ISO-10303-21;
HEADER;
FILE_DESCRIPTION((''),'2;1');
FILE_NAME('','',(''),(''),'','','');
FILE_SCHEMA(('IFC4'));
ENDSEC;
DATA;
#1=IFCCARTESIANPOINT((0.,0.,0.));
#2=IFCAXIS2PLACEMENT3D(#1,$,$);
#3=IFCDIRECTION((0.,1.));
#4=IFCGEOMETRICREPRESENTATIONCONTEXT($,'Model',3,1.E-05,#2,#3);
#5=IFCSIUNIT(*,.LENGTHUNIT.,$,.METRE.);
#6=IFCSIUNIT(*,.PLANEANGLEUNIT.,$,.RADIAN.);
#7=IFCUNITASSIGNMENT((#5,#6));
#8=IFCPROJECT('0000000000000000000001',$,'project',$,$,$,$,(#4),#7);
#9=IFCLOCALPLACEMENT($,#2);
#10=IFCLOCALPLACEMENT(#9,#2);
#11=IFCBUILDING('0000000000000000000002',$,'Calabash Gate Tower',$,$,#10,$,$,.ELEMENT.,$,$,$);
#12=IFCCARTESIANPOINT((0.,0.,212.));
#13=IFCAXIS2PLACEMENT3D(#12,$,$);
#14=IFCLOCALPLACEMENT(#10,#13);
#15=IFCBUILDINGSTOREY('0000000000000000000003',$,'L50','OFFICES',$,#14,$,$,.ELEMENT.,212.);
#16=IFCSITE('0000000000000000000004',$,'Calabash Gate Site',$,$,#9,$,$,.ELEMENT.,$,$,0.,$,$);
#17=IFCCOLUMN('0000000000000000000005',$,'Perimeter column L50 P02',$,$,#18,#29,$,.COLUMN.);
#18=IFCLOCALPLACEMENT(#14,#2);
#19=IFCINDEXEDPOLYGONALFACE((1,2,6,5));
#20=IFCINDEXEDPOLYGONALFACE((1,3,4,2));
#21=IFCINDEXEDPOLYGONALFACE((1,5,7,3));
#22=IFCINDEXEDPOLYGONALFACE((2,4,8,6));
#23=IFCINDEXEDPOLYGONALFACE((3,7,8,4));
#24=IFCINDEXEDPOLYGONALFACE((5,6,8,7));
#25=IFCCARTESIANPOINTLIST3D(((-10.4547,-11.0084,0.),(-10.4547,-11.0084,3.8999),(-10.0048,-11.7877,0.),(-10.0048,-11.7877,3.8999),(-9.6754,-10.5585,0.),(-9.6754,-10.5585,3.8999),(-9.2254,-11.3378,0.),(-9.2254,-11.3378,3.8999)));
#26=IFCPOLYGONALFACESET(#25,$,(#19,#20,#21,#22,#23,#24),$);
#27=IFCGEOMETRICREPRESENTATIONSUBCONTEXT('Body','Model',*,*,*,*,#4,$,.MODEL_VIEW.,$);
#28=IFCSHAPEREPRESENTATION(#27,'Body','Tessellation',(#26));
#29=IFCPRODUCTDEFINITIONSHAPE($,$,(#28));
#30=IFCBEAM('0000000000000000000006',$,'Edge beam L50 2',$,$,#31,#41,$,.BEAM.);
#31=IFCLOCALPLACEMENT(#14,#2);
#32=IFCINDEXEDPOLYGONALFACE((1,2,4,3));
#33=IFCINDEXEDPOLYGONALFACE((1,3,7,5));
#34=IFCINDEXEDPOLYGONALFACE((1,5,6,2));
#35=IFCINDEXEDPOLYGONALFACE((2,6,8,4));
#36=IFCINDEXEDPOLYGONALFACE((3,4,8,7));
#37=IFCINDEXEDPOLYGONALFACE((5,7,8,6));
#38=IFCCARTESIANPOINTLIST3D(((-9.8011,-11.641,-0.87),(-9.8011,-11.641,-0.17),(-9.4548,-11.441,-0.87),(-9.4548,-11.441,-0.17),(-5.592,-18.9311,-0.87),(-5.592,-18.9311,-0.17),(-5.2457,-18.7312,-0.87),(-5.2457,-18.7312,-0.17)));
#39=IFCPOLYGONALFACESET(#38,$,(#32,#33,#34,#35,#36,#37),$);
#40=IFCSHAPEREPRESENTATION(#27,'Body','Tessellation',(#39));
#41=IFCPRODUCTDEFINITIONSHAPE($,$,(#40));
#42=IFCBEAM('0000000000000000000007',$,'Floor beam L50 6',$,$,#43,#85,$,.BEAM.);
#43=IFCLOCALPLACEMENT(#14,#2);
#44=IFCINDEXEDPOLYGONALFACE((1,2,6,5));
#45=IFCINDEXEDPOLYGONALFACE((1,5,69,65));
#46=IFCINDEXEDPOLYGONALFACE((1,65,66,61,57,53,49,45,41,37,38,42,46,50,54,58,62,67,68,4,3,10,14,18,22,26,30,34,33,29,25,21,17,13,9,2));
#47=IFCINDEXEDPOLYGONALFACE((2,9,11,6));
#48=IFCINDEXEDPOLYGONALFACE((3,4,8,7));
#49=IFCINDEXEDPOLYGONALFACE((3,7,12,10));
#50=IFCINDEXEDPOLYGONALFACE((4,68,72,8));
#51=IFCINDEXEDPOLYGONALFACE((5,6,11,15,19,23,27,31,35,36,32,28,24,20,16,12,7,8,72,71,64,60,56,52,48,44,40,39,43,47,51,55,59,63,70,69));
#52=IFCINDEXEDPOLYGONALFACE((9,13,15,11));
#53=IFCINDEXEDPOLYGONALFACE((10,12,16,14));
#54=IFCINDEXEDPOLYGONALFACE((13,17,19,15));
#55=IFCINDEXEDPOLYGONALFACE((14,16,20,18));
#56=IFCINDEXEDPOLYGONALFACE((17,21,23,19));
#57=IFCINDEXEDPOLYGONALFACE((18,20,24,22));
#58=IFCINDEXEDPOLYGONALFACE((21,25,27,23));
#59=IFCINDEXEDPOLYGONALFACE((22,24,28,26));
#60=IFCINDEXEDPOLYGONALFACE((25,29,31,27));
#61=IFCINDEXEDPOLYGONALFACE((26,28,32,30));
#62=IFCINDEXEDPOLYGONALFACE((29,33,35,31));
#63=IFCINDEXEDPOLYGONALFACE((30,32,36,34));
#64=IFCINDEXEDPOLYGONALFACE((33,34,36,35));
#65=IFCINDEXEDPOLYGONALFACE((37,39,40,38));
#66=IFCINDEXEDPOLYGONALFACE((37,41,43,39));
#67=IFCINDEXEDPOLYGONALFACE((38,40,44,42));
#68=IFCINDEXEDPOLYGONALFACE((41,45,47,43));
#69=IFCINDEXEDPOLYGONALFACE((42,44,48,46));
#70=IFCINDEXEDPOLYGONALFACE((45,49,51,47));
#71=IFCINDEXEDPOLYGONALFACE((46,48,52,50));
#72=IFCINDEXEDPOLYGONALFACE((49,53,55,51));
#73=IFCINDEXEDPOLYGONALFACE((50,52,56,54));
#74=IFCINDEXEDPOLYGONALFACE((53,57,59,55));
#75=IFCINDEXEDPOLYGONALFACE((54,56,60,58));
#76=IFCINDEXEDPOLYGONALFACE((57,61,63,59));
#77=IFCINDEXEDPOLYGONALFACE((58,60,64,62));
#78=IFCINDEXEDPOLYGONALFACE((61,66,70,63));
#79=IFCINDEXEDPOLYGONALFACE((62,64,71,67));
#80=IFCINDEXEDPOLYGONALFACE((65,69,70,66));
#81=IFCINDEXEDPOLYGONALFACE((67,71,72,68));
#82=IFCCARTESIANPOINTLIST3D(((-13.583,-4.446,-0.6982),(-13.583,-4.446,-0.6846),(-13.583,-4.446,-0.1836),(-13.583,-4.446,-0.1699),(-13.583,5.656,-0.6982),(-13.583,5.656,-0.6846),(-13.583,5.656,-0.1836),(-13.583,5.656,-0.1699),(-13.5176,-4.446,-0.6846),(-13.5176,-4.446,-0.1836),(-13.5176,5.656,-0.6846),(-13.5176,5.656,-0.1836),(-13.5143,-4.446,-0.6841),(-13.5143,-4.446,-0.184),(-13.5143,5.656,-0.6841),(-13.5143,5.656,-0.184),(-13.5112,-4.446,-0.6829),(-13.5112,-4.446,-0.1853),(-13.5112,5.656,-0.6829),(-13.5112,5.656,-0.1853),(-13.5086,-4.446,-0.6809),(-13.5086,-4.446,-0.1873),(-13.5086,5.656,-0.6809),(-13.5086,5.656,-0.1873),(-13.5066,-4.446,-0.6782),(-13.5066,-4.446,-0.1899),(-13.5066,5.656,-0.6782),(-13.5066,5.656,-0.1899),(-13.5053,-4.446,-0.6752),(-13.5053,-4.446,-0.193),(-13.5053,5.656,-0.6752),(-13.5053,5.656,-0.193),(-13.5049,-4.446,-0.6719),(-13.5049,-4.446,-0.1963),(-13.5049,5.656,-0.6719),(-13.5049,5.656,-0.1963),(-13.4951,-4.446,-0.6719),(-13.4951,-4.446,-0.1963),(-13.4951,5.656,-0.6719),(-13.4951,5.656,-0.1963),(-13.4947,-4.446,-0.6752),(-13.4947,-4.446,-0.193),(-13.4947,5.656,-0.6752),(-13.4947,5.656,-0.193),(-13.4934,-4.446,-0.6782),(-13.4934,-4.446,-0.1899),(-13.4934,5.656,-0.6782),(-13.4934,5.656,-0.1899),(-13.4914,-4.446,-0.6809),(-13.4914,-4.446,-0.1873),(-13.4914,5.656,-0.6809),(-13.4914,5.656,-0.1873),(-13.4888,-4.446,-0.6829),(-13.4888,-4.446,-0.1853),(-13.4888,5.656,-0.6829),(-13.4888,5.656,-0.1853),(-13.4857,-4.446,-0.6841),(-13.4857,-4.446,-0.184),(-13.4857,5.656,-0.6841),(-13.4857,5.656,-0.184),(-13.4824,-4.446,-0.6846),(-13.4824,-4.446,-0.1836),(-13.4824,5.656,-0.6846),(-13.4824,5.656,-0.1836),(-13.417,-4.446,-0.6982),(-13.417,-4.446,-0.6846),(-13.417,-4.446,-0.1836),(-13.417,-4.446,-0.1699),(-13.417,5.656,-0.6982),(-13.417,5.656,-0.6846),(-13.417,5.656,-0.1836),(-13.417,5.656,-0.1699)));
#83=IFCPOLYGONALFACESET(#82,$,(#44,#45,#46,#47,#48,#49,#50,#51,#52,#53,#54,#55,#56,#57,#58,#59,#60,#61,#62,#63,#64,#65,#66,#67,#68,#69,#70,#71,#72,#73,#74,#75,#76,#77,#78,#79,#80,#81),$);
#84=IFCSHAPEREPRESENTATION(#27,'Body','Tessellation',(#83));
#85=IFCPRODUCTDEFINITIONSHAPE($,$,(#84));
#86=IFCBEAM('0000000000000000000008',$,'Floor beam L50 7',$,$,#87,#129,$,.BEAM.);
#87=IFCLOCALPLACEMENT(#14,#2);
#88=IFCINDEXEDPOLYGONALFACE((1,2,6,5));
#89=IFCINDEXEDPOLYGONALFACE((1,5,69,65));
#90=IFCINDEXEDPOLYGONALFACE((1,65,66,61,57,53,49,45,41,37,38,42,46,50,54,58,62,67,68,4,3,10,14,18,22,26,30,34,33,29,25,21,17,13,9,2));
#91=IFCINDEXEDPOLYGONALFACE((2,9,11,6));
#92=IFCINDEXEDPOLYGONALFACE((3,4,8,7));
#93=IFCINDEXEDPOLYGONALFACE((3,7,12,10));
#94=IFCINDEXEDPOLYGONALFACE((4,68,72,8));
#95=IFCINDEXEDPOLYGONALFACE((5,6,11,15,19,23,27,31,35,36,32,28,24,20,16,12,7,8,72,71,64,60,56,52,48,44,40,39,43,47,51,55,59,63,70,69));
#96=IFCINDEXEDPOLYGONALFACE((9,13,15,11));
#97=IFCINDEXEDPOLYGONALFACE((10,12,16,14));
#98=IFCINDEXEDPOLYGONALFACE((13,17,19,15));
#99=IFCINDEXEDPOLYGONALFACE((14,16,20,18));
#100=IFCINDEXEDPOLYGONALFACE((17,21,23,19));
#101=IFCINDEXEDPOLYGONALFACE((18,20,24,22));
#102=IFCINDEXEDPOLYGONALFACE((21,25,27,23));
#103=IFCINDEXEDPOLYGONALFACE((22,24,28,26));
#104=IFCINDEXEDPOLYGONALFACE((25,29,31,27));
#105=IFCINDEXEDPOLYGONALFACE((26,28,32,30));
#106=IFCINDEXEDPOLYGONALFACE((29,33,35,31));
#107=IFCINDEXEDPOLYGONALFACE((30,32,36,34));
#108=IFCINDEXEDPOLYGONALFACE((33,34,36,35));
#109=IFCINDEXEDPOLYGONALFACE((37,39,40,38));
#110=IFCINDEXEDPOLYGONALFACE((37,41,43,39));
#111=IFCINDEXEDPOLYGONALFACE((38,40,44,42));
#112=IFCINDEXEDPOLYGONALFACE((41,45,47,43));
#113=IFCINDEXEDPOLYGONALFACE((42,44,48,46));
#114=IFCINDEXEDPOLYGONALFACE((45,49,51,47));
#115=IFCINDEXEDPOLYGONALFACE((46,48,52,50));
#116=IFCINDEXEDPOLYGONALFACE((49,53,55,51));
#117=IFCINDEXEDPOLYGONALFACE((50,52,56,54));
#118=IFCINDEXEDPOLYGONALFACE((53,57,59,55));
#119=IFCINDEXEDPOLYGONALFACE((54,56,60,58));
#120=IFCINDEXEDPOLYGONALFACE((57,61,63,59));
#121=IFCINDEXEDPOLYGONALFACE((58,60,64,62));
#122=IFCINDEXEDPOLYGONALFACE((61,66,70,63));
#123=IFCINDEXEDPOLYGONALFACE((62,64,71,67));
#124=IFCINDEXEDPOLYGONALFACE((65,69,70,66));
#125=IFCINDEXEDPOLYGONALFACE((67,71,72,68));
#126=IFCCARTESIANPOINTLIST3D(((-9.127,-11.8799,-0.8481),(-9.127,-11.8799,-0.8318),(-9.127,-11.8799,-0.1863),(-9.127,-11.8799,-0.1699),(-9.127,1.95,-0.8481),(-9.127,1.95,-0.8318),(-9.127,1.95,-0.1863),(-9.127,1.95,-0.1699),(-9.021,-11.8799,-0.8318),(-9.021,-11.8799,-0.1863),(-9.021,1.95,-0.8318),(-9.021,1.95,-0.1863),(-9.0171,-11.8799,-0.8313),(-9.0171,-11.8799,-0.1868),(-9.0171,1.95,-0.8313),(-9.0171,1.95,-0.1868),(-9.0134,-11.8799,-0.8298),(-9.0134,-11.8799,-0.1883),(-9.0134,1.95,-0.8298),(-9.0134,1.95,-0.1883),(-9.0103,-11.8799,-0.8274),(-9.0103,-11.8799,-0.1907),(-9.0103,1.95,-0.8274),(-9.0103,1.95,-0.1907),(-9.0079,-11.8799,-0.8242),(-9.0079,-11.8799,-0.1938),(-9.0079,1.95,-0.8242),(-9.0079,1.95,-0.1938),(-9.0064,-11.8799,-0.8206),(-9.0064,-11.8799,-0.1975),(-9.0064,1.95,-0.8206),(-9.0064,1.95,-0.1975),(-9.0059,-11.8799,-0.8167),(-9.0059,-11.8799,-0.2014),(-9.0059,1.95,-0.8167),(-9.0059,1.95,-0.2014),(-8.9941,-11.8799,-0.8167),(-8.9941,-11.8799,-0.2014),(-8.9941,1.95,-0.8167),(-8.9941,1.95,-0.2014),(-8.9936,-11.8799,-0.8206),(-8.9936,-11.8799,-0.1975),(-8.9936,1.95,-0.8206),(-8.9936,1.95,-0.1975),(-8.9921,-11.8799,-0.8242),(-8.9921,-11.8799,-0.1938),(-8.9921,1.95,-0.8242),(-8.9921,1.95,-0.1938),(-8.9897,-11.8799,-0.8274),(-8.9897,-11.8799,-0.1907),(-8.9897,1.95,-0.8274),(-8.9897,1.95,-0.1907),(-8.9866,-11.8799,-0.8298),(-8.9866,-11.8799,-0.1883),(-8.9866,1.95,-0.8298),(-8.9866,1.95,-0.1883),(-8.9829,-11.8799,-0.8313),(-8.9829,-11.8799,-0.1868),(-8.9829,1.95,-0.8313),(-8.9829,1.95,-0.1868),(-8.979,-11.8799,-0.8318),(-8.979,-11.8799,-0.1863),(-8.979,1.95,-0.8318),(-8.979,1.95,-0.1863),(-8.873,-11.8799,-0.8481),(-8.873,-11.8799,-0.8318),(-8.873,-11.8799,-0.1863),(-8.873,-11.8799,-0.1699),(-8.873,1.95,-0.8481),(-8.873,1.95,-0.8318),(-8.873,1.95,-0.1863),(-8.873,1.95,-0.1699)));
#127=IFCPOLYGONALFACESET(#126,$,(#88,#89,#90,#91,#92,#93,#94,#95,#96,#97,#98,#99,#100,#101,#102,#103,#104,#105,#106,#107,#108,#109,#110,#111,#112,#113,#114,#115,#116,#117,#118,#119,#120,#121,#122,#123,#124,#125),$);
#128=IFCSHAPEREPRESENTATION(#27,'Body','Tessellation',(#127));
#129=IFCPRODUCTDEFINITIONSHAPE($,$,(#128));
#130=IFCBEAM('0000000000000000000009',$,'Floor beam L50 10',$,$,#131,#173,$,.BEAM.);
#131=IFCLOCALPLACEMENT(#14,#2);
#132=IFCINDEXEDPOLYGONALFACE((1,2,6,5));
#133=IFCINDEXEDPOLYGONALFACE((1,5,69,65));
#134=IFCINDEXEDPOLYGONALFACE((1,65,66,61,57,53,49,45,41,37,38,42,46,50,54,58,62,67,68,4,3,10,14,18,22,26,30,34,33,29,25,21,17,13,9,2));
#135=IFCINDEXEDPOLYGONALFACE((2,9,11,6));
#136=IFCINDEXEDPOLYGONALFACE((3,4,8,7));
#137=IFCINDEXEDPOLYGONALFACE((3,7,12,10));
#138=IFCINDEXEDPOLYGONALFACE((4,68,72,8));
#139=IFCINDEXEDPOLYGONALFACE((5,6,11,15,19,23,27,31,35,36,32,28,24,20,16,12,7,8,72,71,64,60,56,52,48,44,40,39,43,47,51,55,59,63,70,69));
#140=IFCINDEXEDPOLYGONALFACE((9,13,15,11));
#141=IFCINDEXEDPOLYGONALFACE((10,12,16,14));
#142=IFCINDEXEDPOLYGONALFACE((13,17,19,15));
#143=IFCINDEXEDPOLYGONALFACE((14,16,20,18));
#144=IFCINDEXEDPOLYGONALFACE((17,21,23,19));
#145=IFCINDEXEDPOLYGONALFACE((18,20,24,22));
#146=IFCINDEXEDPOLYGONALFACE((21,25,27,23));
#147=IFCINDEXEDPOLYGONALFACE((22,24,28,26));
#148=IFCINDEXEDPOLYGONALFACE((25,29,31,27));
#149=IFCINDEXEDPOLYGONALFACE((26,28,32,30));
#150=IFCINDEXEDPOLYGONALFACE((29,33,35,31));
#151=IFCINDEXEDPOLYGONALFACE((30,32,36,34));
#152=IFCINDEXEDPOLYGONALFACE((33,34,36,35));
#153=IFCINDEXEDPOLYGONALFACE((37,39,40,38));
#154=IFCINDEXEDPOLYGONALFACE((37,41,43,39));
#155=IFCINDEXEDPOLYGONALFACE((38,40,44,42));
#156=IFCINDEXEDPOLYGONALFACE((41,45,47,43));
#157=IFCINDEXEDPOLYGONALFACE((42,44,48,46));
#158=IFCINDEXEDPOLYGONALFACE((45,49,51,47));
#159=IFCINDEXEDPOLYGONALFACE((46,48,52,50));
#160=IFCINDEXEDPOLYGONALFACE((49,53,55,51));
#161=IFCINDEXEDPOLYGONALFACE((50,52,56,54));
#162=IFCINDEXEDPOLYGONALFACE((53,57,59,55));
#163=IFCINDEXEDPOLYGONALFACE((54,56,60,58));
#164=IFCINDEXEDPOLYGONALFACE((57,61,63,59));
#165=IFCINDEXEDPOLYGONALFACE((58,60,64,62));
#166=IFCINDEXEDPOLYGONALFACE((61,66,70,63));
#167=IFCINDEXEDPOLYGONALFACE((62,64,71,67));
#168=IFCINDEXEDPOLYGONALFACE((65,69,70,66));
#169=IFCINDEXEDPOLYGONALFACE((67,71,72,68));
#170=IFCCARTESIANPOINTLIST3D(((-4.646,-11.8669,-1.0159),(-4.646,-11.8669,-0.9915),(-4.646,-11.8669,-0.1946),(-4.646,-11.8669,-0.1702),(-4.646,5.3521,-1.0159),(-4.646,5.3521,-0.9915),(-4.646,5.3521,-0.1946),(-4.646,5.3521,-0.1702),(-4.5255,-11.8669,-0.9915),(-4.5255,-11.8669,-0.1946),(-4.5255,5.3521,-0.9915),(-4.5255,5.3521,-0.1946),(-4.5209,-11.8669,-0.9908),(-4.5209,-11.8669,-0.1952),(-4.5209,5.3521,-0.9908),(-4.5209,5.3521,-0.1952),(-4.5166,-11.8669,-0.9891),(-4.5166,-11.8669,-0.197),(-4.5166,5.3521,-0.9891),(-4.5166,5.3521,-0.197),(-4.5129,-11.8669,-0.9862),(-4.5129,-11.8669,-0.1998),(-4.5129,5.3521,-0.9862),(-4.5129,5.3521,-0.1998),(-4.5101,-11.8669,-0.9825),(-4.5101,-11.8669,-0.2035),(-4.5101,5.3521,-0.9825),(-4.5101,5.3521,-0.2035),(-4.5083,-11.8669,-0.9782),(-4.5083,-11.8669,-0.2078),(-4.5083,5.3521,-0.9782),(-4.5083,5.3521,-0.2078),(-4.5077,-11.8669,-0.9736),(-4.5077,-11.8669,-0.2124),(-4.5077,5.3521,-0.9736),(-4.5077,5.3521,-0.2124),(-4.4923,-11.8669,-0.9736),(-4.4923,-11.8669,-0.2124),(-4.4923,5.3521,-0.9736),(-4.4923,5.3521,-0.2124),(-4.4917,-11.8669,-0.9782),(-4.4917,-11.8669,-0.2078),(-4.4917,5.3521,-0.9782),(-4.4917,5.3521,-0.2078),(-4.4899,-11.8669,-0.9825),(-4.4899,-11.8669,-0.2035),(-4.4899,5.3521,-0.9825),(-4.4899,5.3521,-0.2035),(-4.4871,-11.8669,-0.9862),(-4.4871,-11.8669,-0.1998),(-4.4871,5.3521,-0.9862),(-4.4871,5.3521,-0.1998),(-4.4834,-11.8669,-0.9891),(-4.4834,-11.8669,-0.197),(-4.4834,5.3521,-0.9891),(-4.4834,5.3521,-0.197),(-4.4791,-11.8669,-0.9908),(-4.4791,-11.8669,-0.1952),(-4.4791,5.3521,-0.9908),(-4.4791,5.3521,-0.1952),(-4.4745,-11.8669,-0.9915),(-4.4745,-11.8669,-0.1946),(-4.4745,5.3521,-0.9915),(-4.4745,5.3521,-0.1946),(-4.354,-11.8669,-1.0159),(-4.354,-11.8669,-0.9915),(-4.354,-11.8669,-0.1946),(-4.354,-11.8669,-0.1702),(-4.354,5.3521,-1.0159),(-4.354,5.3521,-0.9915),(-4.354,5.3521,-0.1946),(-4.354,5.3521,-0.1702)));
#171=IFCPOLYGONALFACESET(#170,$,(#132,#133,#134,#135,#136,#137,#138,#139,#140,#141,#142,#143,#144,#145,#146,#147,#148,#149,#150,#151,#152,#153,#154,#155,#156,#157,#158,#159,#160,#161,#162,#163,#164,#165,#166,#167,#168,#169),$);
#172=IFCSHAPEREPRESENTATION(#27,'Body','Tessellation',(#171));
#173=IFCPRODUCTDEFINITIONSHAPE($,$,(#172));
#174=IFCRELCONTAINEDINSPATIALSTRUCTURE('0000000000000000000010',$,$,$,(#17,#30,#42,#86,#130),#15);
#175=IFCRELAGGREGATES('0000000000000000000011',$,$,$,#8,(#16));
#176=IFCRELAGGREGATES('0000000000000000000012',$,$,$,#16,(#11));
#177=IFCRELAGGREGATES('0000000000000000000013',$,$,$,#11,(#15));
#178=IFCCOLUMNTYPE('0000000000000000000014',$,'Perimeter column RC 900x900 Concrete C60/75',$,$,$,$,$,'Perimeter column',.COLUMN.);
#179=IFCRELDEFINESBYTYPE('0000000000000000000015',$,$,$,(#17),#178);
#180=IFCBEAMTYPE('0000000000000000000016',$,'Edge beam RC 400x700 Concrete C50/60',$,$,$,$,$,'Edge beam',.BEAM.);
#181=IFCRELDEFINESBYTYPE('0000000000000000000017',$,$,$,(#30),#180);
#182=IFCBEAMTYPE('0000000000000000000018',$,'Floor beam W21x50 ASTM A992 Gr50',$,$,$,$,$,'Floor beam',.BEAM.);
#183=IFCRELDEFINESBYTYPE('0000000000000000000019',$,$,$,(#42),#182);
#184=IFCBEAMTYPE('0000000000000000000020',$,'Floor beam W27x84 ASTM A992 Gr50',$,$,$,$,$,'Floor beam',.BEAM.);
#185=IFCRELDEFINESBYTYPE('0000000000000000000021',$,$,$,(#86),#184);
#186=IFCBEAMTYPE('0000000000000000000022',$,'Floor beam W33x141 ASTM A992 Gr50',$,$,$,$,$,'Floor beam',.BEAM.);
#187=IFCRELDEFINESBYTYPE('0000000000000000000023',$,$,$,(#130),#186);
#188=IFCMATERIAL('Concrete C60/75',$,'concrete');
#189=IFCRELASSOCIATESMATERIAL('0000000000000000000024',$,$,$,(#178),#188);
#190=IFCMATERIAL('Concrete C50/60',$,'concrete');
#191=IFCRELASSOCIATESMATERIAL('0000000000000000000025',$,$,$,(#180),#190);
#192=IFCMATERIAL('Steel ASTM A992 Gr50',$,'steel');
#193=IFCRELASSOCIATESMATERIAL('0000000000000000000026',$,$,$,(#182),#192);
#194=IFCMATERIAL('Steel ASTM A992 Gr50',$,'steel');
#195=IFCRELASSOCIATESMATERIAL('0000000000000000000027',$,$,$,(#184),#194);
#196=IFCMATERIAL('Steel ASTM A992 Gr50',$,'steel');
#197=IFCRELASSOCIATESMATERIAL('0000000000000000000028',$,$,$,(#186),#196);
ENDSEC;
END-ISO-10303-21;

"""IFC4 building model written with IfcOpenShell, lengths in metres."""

from ifc_helpers import new_model, si_unit, direction, frame, origin, origin_2d, place, context, subcontext, project, spatial, rectangle, i_section, extrude, material, material_profile, profile_set, type_object, element, save


model = new_model("IFC4")

# Units and contexts
model_context = context("Model", 3, precision=1e-05, world=origin(), true_north=direction((0.0, 1.0)))
body_context = subcontext(model_context, "Body", "Model", "MODEL_VIEW")
ifc_project = project(units=[si_unit("LENGTHUNIT", "METRE"), si_unit("PLANEANGLEUNIT", "RADIAN")], contexts=[model_context])

# Site, building, storey
site_placement = place(None, origin())
site = spatial("IfcSite", under=ifc_project, at=site_placement, Name="Calabash Gate Site", CompositionType="ELEMENT", RefElevation=0.0)
building_placement = place(site_placement, origin())
building = spatial("IfcBuilding", under=site, at=building_placement, Name="Calabash Gate Tower", CompositionType="ELEMENT")
storey_placement = place(building_placement, frame((0.0, 0.0, 212.0)))
storey = spatial("IfcBuildingStorey", under=building, at=storey_placement, Name="L50", Description="OFFICES", CompositionType="ELEMENT", Elevation=212.0)

# Column
ifc_material_1 = material(Name="Concrete C60/75", Category="concrete")
ifc_material_profile_1 = material_profile(ifc_material_1, rectangle(XDim=0.8999, YDim=0.8999, at=origin_2d()))
ifc_profile_set_1 = profile_set([ifc_material_profile_1], Name="Concrete C60/75")
column_type = type_object("IfcColumnType", Name="Perimeter column RC 900x900 Concrete C60/75", ElementType="Perimeter column", PredefinedType="COLUMN", material=ifc_profile_set_1)
column_placement = place(storey_placement, frame((-9.8401, -11.1731, 0.0), z_axis=(0.0, 0.0, 1.0), x_axis=(0.5, -0.866025, 0.0)))
element("IfcColumn", 1, at=column_placement, inside=storey, type_object=column_type, Name="Perimeter column L50 P02", PredefinedType="COLUMN", context=body_context, shape_type="SweptSolid", body=[
    extrude(rectangle(XDim=0.8999, YDim=0.8999, at=origin_2d()), origin(), (0.0, 0.0, 1.0), 3.8999),
])

# Beams
ifc_material_2 = material(Name="Concrete C50/60", Category="concrete")
ifc_material_profile_2 = material_profile(ifc_material_2, rectangle(XDim=0.3999, YDim=0.7, at=origin_2d()))
ifc_profile_set_2 = profile_set([ifc_material_profile_2], Name="Concrete C50/60")
beam_type_1 = type_object("IfcBeamType", Name="Edge beam RC 400x700 Concrete C50/60", ElementType="Edge beam", PredefinedType="BEAM", material=ifc_profile_set_2)
beam_1_placement = place(storey_placement, frame((-9.6279, -11.541, -0.52), z_axis=(0.500007, -0.866021, 0.0), x_axis=(0.866021, 0.500007, 0.0)))
element("IfcBeam", 2, at=beam_1_placement, inside=storey, type_object=beam_type_1, Name="Edge beam L50 2", PredefinedType="BEAM", context=body_context, shape_type="SweptSolid", body=[
    extrude(rectangle(XDim=0.3999, YDim=0.7, at=origin_2d()), origin(), (0.0, 0.0, 1.0), 8.418),
])
ifc_material_3 = material(Name="Steel ASTM A992 Gr50", Category="steel")
ifc_material_profile_3 = material_profile(ifc_material_3, i_section(OverallWidth=0.166, OverallDepth=0.5283, WebThickness=0.0098, FlangeThickness=0.0137, FilletRadius=0.0127, at=origin_2d()))
ifc_profile_set_3 = profile_set([ifc_material_profile_3], Name="Steel ASTM A992 Gr50")
beam_type_2 = type_object("IfcBeamType", Name="Floor beam W21x50 ASTM A992 Gr50", ElementType="Floor beam", PredefinedType="BEAM", material=ifc_profile_set_3)
beam_2_placement = place(storey_placement, frame((-13.5, -4.446, -0.4341), z_axis=(0.0, 1.0, 0.0), x_axis=(-1.0, 0.0, 0.0)))
element("IfcBeam", 3, at=beam_2_placement, inside=storey, type_object=beam_type_2, Name="Floor beam L50 6", PredefinedType="BEAM", context=body_context, shape_type="SweptSolid", body=[
    extrude(i_section(OverallWidth=0.166, OverallDepth=0.5283, WebThickness=0.0098, FlangeThickness=0.0137, FilletRadius=0.0127, at=origin_2d()), origin(), (0.0, 0.0, 1.0), 10.1021),
])
ifc_material_4 = material(Name="Steel ASTM A992 Gr50", Category="steel")
ifc_material_profile_4 = material_profile(ifc_material_4, i_section(OverallWidth=0.2539, OverallDepth=0.6782, WebThickness=0.0117, FlangeThickness=0.0164, FilletRadius=0.0151, at=origin_2d()))
ifc_profile_set_4 = profile_set([ifc_material_profile_4], Name="Steel ASTM A992 Gr50")
beam_type_3 = type_object("IfcBeamType", Name="Floor beam W27x84 ASTM A992 Gr50", ElementType="Floor beam", PredefinedType="BEAM", material=ifc_profile_set_4)
beam_3_placement = place(storey_placement, frame((-9.0, -11.8799, -0.509), z_axis=(0.0, 1.0, 0.0), x_axis=(-1.0, 0.0, 0.0)))
element("IfcBeam", 4, at=beam_3_placement, inside=storey, type_object=beam_type_3, Name="Floor beam L50 7", PredefinedType="BEAM", context=body_context, shape_type="SweptSolid", body=[
    extrude(i_section(OverallWidth=0.2539, OverallDepth=0.6782, WebThickness=0.0117, FlangeThickness=0.0164, FilletRadius=0.0151, at=origin_2d()), origin(), (0.0, 0.0, 1.0), 13.8298),
])
ifc_material_5 = material(Name="Steel ASTM A992 Gr50", Category="steel")
ifc_material_profile_5 = material_profile(ifc_material_5, i_section(OverallWidth=0.292, OverallDepth=0.8457, WebThickness=0.0154, FlangeThickness=0.0244, FilletRadius=0.0178, at=origin_2d()))
ifc_profile_set_5 = profile_set([ifc_material_profile_5], Name="Steel ASTM A992 Gr50")
beam_type_4 = type_object("IfcBeamType", Name="Floor beam W33x141 ASTM A992 Gr50", ElementType="Floor beam", PredefinedType="BEAM", material=ifc_profile_set_5)
beam_4_placement = place(storey_placement, frame((-4.5, -11.8669, -0.593), z_axis=(0.0, 1.0, 0.0), x_axis=(-1.0, 0.0, 0.0)))
element("IfcBeam", 5, at=beam_4_placement, inside=storey, type_object=beam_type_4, Name="Floor beam L50 10", PredefinedType="BEAM", context=body_context, shape_type="SweptSolid", body=[
    extrude(i_section(OverallWidth=0.292, OverallDepth=0.8457, WebThickness=0.0154, FlangeThickness=0.0244, FilletRadius=0.0178, at=origin_2d()), origin(), (0.0, 0.0, 1.0), 17.219),
])

save(model, "model.ifc")
